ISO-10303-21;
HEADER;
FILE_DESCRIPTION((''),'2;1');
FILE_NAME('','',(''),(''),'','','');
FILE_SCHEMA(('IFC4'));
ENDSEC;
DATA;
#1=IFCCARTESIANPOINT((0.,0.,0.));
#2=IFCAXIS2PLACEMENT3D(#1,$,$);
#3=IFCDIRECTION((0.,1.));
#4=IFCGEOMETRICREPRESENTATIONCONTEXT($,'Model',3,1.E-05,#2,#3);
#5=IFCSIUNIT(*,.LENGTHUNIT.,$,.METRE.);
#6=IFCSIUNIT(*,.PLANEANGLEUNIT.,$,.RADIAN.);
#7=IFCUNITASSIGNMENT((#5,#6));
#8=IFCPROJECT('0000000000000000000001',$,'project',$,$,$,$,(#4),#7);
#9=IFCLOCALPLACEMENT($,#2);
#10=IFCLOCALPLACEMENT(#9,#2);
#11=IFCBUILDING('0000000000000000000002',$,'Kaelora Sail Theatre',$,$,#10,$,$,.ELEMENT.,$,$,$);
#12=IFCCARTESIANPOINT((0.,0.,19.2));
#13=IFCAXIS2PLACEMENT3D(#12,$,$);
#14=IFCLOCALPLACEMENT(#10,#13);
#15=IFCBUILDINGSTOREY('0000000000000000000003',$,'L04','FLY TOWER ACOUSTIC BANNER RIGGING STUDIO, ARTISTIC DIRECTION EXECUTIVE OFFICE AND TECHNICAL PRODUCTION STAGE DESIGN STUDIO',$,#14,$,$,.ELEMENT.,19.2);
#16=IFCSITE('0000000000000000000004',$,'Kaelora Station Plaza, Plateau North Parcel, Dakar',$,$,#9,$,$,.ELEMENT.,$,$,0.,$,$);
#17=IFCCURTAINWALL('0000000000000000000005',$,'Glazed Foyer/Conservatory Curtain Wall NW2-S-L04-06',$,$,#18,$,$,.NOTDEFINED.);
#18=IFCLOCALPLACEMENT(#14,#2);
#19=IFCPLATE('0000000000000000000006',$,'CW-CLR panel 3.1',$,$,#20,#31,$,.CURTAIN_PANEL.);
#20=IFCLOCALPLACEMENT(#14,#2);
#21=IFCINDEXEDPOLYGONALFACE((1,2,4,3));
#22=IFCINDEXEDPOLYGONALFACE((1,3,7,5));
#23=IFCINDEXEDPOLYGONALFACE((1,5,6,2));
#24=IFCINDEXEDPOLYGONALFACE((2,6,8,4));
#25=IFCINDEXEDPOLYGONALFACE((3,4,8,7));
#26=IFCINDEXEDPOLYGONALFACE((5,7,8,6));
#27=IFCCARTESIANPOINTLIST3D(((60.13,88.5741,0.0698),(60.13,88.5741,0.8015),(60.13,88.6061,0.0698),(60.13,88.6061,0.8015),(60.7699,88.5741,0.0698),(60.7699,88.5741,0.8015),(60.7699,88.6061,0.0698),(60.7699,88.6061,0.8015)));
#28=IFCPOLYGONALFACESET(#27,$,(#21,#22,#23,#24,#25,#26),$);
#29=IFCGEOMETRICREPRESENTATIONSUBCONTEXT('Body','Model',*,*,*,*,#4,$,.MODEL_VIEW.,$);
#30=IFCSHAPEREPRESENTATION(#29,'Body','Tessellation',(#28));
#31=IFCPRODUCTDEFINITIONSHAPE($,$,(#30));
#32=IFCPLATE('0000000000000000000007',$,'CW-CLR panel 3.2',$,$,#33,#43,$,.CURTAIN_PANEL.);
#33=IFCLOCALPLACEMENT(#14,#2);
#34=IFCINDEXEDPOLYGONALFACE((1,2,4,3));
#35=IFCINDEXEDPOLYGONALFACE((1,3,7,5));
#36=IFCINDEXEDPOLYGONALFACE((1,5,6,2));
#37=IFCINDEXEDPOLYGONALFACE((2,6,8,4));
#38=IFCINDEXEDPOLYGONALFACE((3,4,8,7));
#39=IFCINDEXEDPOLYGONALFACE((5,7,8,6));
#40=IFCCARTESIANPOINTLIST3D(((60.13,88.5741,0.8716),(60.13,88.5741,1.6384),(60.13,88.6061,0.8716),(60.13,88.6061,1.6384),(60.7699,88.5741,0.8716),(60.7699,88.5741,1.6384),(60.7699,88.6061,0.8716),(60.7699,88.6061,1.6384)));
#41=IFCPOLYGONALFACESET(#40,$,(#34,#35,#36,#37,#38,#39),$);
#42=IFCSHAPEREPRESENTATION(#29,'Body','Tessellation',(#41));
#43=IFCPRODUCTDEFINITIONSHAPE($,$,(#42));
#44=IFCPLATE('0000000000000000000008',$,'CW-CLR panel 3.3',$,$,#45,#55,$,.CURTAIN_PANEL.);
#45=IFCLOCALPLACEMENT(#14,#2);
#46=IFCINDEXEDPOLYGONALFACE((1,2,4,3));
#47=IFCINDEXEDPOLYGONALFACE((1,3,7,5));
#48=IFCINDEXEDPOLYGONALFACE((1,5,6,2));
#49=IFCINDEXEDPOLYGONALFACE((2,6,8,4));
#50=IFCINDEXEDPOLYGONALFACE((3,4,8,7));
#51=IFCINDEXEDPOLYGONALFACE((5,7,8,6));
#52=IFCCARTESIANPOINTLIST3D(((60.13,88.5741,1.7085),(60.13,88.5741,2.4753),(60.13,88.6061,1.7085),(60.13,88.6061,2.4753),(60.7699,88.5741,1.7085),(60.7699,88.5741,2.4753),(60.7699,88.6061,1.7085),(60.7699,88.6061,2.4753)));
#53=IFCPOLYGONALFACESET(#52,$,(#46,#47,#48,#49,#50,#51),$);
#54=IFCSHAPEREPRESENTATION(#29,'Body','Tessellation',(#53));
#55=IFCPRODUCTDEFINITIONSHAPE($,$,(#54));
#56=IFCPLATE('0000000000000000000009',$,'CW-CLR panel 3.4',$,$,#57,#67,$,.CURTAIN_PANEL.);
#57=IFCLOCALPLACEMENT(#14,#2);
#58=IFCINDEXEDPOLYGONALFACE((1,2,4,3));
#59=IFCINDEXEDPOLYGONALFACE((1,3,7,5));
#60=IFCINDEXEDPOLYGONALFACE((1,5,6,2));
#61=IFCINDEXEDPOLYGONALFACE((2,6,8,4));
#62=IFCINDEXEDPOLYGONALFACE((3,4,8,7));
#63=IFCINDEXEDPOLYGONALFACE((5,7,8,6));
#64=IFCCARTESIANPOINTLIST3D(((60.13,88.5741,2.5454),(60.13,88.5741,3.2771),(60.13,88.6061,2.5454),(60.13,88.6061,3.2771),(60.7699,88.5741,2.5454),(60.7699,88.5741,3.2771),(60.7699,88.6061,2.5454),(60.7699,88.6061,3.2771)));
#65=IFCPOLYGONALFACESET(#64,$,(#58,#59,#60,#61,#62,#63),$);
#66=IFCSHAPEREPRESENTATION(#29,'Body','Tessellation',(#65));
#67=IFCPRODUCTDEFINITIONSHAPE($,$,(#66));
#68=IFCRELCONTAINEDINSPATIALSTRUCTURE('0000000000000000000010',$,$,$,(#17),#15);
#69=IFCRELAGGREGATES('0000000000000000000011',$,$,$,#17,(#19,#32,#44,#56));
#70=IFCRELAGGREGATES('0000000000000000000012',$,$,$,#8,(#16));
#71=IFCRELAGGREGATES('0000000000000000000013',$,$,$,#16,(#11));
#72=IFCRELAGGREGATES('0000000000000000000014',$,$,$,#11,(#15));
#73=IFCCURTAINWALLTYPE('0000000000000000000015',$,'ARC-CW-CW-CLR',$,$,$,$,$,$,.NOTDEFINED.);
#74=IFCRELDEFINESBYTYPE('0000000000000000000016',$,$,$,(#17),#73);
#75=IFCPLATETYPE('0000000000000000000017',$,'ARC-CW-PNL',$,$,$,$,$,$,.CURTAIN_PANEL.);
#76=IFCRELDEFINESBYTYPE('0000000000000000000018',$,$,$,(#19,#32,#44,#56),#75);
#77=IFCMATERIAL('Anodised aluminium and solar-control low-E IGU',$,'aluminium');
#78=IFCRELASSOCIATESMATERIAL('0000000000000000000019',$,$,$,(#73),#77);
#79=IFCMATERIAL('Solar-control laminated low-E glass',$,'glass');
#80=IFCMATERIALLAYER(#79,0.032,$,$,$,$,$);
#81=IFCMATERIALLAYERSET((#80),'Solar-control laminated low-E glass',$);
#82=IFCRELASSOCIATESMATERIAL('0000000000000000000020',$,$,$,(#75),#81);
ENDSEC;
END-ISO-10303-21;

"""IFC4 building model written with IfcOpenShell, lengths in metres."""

from ifc_helpers import new_model, si_unit, direction, frame, origin, origin_2d, place, context, subcontext, project, spatial, rectangle, extrude, material, layer, layer_set, type_object, element, aggregate, save


model = new_model("IFC4")

# Units and contexts
model_context = context("Model", 3, precision=1e-05, world=origin(), true_north=direction((0.0, 1.0)))
body_context = subcontext(model_context, "Body", "Model", "MODEL_VIEW")
ifc_project = project(units=[si_unit("LENGTHUNIT", "METRE"), si_unit("PLANEANGLEUNIT", "RADIAN")], contexts=[model_context])

# Site, building, storey
site_placement = place(None, origin())
site = spatial("IfcSite", under=ifc_project, at=site_placement, Name="Kaelora Station Plaza, Plateau North Parcel, Dakar", CompositionType="ELEMENT", RefElevation=0.0)
building_placement = place(site_placement, origin())
building = spatial("IfcBuilding", under=site, at=building_placement, Name="Kaelora Sail Theatre", CompositionType="ELEMENT")
storey_placement = place(building_placement, frame((0.0, 0.0, 19.2)))
storey = spatial("IfcBuildingStorey", under=building, at=storey_placement, Name="L04", Description="FLY TOWER ACOUSTIC BANNER RIGGING STUDIO, ARTISTIC DIRECTION EXECUTIVE OFFICE AND TECHNICAL PRODUCTION STAGE DESIGN STUDIO", CompositionType="ELEMENT", Elevation=19.2)

# Curtain wall
ifc_material_1 = material(Name="Anodised aluminium and solar-control low-E IGU", Category="aluminium")
curtain_wall_type = type_object("IfcCurtainWallType", Name="ARC-CW-CW-CLR", PredefinedType="NOTDEFINED", material=ifc_material_1)
curtain_wall_placement = place(storey_placement, origin())
curtain_wall = element("IfcCurtainWall", 1, at=curtain_wall_placement, inside=storey, type_object=curtain_wall_type, Name="Glazed Foyer/Conservatory Curtain Wall NW2-S-L04-06", PredefinedType="NOTDEFINED")

# Plates
ifc_material_2 = material(Name="Solar-control laminated low-E glass", Category="glass")
ifc_layer = layer(ifc_material_2, 0.032)
ifc_layer_set = layer_set([ifc_layer], Name="Solar-control laminated low-E glass")
plate_type = type_object("IfcPlateType", Name="ARC-CW-PNL", PredefinedType="CURTAIN_PANEL", material=ifc_layer_set)
plate_1_placement = place(storey_placement, frame((60.45, 88.5901, 0.0698), z_axis=(0.0, 0.0, 1.0), x_axis=(1.0, 0.0, 0.0)))
plate_1 = element("IfcPlate", 2, at=plate_1_placement, type_object=plate_type, Name="CW-CLR panel 3.1", PredefinedType="CURTAIN_PANEL", context=body_context, shape_type="SweptSolid", body=[
    extrude(rectangle(XDim=0.6399, YDim=0.032, at=origin_2d()), origin(), (0.0, 0.0, 1.0), 0.7317),
])
plate_2_placement = place(storey_placement, frame((60.45, 88.5901, 0.8716), z_axis=(0.0, 0.0, 1.0), x_axis=(1.0, 0.0, 0.0)))
plate_2 = element("IfcPlate", 3, at=plate_2_placement, type_object=plate_type, Name="CW-CLR panel 3.2", PredefinedType="CURTAIN_PANEL", context=body_context, shape_type="SweptSolid", body=[
    extrude(rectangle(XDim=0.6399, YDim=0.032, at=origin_2d()), origin(), (0.0, 0.0, 1.0), 0.7668),
])
plate_3_placement = place(storey_placement, frame((60.45, 88.5901, 1.7085), z_axis=(0.0, 0.0, 1.0), x_axis=(1.0, 0.0, 0.0)))
plate_3 = element("IfcPlate", 4, at=plate_3_placement, type_object=plate_type, Name="CW-CLR panel 3.3", PredefinedType="CURTAIN_PANEL", context=body_context, shape_type="SweptSolid", body=[
    extrude(rectangle(XDim=0.6399, YDim=0.032, at=origin_2d()), origin(), (0.0, 0.0, 1.0), 0.7668),
])
plate_4_placement = place(storey_placement, frame((60.45, 88.5901, 2.5454), z_axis=(0.0, 0.0, 1.0), x_axis=(1.0, 0.0, 0.0)))
plate_4 = element("IfcPlate", 5, at=plate_4_placement, type_object=plate_type, Name="CW-CLR panel 3.4", PredefinedType="CURTAIN_PANEL", context=body_context, shape_type="SweptSolid", body=[
    extrude(rectangle(XDim=0.6399, YDim=0.032, at=origin_2d()), origin(), (0.0, 0.0, 1.0), 0.7317),
])
aggregate(curtain_wall, [plate_1, plate_2, plate_3, plate_4])

save(model, "model.ifc")
